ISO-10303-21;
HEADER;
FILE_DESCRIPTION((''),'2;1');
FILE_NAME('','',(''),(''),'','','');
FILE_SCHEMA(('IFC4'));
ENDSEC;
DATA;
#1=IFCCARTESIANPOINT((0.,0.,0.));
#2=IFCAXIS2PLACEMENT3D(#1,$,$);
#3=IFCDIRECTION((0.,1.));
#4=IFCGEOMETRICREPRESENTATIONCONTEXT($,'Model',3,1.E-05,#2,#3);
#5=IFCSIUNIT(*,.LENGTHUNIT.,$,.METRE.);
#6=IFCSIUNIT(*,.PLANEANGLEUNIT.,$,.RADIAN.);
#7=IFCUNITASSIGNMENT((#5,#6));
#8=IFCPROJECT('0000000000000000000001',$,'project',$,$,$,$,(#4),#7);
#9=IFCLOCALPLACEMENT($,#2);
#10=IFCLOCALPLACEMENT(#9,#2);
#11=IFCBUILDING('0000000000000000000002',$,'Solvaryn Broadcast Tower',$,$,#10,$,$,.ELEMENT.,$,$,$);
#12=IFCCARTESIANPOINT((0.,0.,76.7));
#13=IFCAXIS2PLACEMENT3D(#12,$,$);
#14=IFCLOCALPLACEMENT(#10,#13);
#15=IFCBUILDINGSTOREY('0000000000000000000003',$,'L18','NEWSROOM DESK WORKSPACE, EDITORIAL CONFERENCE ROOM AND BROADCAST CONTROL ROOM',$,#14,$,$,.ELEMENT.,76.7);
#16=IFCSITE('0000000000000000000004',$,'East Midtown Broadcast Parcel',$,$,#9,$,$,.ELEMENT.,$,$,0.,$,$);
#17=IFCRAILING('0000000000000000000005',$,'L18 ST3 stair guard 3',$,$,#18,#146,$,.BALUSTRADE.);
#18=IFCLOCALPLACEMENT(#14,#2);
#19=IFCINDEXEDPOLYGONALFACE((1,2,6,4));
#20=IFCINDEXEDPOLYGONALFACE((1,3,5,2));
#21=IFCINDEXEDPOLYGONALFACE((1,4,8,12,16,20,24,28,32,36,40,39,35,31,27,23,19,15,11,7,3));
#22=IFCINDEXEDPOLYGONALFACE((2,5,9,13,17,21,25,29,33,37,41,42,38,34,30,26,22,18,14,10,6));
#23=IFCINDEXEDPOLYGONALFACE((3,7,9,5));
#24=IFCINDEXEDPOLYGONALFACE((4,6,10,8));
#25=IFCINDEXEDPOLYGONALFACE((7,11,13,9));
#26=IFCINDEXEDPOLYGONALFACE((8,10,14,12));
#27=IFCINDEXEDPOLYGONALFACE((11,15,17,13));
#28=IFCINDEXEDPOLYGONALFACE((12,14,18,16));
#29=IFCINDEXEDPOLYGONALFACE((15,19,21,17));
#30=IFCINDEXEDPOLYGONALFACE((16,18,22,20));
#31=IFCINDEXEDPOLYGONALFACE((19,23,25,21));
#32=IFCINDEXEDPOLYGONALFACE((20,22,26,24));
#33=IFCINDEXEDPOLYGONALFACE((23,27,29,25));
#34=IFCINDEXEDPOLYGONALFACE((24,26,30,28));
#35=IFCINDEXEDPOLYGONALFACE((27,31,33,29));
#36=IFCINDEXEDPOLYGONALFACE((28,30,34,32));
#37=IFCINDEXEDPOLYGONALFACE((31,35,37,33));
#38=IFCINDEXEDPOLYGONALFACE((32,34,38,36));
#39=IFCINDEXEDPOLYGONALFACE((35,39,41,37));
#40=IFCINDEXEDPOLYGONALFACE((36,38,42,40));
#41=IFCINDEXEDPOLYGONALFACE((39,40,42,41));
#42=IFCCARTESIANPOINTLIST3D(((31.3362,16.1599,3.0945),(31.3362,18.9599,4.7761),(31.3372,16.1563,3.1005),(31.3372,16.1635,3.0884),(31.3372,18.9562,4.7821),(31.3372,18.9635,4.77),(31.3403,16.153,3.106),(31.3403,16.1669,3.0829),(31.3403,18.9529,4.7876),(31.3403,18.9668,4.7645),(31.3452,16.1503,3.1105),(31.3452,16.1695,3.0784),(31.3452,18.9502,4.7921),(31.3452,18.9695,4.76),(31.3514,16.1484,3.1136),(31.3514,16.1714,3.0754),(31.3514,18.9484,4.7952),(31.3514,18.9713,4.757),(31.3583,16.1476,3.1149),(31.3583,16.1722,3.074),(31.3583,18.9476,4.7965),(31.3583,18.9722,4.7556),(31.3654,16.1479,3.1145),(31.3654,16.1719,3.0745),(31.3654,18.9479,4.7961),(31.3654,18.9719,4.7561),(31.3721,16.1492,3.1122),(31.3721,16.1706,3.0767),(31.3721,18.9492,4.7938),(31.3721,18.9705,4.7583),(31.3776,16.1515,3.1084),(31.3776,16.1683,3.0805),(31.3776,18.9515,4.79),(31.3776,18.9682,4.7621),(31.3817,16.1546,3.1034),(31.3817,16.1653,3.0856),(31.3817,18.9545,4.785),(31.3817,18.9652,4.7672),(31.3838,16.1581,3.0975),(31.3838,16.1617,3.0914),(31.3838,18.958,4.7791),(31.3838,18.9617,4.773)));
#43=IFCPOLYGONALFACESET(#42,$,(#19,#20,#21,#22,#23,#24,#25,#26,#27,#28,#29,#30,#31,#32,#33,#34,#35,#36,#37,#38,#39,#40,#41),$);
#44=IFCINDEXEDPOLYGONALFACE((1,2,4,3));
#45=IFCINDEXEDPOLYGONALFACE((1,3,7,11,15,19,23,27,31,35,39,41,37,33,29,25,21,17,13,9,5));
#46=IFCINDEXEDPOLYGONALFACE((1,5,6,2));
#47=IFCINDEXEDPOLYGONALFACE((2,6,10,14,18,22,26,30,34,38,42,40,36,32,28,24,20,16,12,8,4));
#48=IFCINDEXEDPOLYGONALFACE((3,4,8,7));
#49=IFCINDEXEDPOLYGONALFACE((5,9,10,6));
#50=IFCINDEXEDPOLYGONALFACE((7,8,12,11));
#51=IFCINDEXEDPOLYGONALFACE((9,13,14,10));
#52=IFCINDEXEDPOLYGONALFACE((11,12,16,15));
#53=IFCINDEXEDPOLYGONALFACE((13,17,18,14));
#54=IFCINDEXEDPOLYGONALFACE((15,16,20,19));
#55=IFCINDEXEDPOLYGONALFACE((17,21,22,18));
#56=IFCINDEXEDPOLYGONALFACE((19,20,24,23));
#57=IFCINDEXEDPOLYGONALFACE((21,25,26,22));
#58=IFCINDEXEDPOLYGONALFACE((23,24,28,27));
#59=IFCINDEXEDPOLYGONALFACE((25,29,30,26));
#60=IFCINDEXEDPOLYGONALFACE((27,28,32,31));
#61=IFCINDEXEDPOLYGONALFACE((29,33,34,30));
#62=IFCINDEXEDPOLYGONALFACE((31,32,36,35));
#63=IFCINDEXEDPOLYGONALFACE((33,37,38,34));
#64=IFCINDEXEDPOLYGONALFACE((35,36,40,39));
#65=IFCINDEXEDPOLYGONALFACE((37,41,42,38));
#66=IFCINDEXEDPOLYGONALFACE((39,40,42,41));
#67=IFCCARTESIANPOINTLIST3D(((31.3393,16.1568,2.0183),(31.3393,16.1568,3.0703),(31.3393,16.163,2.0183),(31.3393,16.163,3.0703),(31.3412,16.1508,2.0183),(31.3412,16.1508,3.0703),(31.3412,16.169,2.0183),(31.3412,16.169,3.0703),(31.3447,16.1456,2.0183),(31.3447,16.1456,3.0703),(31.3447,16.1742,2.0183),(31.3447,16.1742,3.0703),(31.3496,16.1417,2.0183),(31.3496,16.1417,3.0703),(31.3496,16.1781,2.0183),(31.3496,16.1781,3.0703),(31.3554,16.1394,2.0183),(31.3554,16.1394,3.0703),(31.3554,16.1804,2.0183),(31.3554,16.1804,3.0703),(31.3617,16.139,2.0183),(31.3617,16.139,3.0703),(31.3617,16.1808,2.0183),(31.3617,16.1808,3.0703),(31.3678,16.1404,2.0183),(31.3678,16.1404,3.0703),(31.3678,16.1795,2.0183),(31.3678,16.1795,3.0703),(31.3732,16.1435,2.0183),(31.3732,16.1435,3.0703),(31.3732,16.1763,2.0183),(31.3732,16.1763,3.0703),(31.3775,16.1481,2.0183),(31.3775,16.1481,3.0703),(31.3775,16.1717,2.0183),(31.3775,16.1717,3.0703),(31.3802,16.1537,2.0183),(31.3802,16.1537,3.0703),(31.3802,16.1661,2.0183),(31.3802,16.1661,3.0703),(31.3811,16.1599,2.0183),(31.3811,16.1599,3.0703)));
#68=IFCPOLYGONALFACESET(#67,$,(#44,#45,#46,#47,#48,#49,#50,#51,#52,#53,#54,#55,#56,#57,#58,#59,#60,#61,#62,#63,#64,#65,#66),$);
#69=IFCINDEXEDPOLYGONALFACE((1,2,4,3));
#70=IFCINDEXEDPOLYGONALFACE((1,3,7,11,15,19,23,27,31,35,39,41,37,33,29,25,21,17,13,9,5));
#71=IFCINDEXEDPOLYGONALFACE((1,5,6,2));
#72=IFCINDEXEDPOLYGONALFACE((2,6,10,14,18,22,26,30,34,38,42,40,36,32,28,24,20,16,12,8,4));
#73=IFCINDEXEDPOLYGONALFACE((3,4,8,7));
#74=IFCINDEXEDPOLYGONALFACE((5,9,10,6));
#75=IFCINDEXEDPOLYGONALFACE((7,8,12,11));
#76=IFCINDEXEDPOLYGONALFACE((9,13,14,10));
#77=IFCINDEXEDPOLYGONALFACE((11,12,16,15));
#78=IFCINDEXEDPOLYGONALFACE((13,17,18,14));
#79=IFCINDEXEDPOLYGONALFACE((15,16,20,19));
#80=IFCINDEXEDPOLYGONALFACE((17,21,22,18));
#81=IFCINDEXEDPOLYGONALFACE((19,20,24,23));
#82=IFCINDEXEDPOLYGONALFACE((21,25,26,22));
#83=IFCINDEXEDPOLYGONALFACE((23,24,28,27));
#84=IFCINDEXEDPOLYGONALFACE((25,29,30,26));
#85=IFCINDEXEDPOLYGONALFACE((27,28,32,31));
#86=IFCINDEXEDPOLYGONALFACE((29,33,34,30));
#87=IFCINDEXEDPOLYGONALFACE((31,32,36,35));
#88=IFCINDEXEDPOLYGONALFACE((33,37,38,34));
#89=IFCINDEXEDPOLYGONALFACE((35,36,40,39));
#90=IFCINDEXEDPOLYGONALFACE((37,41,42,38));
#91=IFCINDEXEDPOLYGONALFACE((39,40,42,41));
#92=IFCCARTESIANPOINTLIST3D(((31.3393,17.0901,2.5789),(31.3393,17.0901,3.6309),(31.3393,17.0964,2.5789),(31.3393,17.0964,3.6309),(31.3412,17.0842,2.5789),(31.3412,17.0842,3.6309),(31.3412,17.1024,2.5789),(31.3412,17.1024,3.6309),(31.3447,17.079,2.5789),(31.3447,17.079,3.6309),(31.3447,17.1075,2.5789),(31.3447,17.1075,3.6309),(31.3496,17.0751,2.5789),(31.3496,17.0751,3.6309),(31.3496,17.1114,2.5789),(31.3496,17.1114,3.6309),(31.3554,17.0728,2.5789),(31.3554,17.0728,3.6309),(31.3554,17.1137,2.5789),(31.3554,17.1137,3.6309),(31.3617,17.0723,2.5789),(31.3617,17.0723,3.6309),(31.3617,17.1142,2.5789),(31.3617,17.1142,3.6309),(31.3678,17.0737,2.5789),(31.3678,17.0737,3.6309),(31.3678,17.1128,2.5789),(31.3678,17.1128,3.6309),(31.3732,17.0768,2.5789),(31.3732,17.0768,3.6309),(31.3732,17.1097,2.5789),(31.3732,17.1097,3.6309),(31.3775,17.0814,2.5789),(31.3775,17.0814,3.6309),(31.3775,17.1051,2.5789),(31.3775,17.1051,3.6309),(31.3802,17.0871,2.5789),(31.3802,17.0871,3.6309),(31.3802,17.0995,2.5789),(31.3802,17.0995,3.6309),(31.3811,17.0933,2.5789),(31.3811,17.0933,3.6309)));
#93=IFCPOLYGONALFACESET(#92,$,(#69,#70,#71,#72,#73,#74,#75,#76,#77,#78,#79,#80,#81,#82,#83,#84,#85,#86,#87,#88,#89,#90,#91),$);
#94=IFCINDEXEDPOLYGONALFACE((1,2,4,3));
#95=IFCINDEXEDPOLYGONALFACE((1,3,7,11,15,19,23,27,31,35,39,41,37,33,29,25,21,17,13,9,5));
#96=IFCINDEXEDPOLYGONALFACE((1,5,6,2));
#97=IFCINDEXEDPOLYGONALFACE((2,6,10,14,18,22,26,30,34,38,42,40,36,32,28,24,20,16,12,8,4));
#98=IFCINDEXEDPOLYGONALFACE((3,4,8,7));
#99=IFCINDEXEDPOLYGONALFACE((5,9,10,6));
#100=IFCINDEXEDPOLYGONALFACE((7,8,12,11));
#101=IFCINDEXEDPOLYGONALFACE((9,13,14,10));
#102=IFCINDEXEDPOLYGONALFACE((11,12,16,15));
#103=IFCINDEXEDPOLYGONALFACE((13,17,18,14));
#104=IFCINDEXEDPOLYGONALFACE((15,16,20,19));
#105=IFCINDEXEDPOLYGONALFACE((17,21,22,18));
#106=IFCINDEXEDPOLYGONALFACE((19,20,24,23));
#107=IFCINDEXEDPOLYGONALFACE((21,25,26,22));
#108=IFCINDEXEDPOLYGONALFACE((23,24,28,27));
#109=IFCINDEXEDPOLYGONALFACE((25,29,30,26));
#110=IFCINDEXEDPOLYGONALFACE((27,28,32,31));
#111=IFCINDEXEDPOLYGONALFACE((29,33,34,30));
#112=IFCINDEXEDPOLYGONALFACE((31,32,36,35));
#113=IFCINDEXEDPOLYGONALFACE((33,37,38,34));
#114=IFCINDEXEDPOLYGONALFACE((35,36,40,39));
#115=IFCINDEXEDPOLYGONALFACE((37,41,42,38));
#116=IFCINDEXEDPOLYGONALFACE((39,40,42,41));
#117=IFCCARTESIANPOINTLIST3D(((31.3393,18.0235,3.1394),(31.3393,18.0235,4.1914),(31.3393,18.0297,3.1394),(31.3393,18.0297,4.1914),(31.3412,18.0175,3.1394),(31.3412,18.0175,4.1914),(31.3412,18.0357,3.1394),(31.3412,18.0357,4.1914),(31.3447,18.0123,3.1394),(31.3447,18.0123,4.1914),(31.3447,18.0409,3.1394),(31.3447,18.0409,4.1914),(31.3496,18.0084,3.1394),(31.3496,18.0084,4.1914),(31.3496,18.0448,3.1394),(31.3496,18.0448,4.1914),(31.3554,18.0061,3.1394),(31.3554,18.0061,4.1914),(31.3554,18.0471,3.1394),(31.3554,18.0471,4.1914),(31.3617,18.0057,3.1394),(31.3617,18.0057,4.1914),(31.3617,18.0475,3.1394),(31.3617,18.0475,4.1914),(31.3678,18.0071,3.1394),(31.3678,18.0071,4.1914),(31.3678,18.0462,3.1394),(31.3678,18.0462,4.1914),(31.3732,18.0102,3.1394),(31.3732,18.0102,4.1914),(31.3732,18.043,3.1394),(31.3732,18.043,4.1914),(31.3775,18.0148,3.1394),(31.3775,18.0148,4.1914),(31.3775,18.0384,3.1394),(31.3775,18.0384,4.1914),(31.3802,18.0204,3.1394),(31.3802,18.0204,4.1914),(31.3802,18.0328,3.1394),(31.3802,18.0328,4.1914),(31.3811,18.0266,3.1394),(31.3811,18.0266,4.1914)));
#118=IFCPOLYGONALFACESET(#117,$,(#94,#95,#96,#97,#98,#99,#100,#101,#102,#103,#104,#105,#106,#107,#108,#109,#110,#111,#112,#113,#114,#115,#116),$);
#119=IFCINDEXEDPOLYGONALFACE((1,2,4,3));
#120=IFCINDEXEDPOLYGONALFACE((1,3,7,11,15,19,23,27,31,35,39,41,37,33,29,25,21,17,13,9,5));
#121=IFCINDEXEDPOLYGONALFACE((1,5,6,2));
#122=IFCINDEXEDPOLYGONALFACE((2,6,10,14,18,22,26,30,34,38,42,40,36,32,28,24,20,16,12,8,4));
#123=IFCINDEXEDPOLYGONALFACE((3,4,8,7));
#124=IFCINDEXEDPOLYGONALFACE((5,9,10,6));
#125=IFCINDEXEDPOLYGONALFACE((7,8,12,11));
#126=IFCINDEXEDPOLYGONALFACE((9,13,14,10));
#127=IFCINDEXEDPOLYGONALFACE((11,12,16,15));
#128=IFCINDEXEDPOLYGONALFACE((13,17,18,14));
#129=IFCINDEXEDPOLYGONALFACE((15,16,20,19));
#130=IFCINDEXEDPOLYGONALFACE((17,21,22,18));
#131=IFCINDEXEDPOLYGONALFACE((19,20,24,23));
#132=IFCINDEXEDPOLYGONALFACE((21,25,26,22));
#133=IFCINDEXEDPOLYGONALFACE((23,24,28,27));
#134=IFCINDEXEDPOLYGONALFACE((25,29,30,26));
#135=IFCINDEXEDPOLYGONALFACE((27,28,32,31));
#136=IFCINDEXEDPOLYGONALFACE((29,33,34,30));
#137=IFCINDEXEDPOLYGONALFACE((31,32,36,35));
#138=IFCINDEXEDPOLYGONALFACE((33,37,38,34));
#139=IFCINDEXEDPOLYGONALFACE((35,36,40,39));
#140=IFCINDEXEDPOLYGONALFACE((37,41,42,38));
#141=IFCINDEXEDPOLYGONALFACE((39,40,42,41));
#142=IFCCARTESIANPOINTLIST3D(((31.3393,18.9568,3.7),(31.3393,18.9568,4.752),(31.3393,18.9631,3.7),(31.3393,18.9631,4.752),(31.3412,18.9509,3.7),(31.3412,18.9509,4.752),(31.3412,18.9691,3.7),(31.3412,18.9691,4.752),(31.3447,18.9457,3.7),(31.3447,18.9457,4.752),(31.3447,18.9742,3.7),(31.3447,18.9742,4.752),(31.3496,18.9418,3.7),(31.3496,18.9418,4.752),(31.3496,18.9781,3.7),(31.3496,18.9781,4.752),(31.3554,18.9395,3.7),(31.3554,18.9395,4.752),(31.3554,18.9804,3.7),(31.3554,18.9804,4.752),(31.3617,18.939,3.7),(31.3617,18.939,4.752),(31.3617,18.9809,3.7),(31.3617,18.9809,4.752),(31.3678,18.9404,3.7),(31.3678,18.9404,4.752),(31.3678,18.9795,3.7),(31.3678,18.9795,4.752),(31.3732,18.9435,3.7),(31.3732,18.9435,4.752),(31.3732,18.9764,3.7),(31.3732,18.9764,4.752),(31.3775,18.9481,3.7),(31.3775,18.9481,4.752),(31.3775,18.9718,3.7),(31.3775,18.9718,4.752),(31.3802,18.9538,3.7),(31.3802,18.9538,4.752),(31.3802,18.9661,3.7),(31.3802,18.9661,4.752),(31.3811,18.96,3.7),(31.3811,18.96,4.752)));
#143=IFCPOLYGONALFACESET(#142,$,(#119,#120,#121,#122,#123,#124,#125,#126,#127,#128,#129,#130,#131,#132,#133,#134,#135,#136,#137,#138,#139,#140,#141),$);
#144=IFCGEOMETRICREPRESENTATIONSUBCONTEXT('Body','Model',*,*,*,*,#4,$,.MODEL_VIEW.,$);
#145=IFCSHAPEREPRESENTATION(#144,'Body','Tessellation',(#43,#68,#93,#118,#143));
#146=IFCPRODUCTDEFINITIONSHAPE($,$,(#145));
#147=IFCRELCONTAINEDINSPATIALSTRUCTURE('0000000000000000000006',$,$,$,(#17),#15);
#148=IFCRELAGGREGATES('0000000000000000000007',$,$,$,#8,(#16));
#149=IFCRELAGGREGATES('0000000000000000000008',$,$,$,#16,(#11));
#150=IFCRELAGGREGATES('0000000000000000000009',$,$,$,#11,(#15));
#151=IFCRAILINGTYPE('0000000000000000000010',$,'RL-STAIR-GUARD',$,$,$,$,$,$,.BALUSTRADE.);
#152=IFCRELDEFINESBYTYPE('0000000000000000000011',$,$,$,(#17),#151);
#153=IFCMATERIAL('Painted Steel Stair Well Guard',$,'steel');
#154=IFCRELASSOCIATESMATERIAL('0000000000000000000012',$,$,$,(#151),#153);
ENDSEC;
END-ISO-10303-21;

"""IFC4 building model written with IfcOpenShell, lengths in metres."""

from ifc_helpers import new_model, si_unit, direction, frame, origin, origin_2d, place, context, subcontext, project, spatial, circle, extrude, material, type_object, element, save


model = new_model("IFC4")

# Units and contexts
model_context = context("Model", 3, precision=1e-05, world=origin(), true_north=direction((0.0, 1.0)))
body_context = subcontext(model_context, "Body", "Model", "MODEL_VIEW")
ifc_project = project(units=[si_unit("LENGTHUNIT", "METRE"), si_unit("PLANEANGLEUNIT", "RADIAN")], contexts=[model_context])

# Site, building, storey
site_placement = place(None, origin())
site = spatial("IfcSite", under=ifc_project, at=site_placement, Name="East Midtown Broadcast Parcel", CompositionType="ELEMENT", RefElevation=0.0)
building_placement = place(site_placement, origin())
building = spatial("IfcBuilding", under=site, at=building_placement, Name="Solvaryn Broadcast Tower", CompositionType="ELEMENT")
storey_placement = place(building_placement, frame((0.0, 0.0, 76.7)))
storey = spatial("IfcBuildingStorey", under=building, at=storey_placement, Name="L18", Description="NEWSROOM DESK WORKSPACE, EDITORIAL CONFERENCE ROOM AND BROADCAST CONTROL ROOM", CompositionType="ELEMENT", Elevation=76.7)

# Railing
ifc_material_1 = material(Name="Painted Steel Stair Well Guard", Category="steel")
railing_type_1 = type_object("IfcRailingType", Name="RL-STAIR-GUARD", PredefinedType="BALUSTRADE", material=ifc_material_1)
railing_1_placement = place(storey_placement, frame((31.3601, 16.1599, 2.0183)))
element("IfcRailing", 1, at=railing_1_placement, inside=storey, type_object=railing_type_1, Name="L18 ST3 stair guard 3", PredefinedType="BALUSTRADE", context=body_context, shape_type="SweptSolid", body=[
    extrude(circle(Radius=0.0239, at=origin_2d()), frame((0.0, 0.0, 1.0762), z_axis=(0.0, 0.857275, 0.514858), x_axis=(-1.0, 0.0, 0.0)), (0.0, 0.0, 1.0), 3.2661),
    extrude(circle(Radius=0.021, at=origin_2d()), origin(), (0.0, 0.0, 1.0), 1.052),
    extrude(circle(Radius=0.021, at=origin_2d()), frame((0.0, 0.9333, 0.5605)), (0.0, 0.0, 1.0), 1.052),
    extrude(circle(Radius=0.021, at=origin_2d()), frame((0.0, 1.8667, 1.1211)), (0.0, 0.0, 1.0), 1.052),
    extrude(circle(Radius=0.021, at=origin_2d()), frame((0.0, 2.8, 1.6816)), (0.0, 0.0, 1.0), 1.052),
])

save(model, "model.ifc")
